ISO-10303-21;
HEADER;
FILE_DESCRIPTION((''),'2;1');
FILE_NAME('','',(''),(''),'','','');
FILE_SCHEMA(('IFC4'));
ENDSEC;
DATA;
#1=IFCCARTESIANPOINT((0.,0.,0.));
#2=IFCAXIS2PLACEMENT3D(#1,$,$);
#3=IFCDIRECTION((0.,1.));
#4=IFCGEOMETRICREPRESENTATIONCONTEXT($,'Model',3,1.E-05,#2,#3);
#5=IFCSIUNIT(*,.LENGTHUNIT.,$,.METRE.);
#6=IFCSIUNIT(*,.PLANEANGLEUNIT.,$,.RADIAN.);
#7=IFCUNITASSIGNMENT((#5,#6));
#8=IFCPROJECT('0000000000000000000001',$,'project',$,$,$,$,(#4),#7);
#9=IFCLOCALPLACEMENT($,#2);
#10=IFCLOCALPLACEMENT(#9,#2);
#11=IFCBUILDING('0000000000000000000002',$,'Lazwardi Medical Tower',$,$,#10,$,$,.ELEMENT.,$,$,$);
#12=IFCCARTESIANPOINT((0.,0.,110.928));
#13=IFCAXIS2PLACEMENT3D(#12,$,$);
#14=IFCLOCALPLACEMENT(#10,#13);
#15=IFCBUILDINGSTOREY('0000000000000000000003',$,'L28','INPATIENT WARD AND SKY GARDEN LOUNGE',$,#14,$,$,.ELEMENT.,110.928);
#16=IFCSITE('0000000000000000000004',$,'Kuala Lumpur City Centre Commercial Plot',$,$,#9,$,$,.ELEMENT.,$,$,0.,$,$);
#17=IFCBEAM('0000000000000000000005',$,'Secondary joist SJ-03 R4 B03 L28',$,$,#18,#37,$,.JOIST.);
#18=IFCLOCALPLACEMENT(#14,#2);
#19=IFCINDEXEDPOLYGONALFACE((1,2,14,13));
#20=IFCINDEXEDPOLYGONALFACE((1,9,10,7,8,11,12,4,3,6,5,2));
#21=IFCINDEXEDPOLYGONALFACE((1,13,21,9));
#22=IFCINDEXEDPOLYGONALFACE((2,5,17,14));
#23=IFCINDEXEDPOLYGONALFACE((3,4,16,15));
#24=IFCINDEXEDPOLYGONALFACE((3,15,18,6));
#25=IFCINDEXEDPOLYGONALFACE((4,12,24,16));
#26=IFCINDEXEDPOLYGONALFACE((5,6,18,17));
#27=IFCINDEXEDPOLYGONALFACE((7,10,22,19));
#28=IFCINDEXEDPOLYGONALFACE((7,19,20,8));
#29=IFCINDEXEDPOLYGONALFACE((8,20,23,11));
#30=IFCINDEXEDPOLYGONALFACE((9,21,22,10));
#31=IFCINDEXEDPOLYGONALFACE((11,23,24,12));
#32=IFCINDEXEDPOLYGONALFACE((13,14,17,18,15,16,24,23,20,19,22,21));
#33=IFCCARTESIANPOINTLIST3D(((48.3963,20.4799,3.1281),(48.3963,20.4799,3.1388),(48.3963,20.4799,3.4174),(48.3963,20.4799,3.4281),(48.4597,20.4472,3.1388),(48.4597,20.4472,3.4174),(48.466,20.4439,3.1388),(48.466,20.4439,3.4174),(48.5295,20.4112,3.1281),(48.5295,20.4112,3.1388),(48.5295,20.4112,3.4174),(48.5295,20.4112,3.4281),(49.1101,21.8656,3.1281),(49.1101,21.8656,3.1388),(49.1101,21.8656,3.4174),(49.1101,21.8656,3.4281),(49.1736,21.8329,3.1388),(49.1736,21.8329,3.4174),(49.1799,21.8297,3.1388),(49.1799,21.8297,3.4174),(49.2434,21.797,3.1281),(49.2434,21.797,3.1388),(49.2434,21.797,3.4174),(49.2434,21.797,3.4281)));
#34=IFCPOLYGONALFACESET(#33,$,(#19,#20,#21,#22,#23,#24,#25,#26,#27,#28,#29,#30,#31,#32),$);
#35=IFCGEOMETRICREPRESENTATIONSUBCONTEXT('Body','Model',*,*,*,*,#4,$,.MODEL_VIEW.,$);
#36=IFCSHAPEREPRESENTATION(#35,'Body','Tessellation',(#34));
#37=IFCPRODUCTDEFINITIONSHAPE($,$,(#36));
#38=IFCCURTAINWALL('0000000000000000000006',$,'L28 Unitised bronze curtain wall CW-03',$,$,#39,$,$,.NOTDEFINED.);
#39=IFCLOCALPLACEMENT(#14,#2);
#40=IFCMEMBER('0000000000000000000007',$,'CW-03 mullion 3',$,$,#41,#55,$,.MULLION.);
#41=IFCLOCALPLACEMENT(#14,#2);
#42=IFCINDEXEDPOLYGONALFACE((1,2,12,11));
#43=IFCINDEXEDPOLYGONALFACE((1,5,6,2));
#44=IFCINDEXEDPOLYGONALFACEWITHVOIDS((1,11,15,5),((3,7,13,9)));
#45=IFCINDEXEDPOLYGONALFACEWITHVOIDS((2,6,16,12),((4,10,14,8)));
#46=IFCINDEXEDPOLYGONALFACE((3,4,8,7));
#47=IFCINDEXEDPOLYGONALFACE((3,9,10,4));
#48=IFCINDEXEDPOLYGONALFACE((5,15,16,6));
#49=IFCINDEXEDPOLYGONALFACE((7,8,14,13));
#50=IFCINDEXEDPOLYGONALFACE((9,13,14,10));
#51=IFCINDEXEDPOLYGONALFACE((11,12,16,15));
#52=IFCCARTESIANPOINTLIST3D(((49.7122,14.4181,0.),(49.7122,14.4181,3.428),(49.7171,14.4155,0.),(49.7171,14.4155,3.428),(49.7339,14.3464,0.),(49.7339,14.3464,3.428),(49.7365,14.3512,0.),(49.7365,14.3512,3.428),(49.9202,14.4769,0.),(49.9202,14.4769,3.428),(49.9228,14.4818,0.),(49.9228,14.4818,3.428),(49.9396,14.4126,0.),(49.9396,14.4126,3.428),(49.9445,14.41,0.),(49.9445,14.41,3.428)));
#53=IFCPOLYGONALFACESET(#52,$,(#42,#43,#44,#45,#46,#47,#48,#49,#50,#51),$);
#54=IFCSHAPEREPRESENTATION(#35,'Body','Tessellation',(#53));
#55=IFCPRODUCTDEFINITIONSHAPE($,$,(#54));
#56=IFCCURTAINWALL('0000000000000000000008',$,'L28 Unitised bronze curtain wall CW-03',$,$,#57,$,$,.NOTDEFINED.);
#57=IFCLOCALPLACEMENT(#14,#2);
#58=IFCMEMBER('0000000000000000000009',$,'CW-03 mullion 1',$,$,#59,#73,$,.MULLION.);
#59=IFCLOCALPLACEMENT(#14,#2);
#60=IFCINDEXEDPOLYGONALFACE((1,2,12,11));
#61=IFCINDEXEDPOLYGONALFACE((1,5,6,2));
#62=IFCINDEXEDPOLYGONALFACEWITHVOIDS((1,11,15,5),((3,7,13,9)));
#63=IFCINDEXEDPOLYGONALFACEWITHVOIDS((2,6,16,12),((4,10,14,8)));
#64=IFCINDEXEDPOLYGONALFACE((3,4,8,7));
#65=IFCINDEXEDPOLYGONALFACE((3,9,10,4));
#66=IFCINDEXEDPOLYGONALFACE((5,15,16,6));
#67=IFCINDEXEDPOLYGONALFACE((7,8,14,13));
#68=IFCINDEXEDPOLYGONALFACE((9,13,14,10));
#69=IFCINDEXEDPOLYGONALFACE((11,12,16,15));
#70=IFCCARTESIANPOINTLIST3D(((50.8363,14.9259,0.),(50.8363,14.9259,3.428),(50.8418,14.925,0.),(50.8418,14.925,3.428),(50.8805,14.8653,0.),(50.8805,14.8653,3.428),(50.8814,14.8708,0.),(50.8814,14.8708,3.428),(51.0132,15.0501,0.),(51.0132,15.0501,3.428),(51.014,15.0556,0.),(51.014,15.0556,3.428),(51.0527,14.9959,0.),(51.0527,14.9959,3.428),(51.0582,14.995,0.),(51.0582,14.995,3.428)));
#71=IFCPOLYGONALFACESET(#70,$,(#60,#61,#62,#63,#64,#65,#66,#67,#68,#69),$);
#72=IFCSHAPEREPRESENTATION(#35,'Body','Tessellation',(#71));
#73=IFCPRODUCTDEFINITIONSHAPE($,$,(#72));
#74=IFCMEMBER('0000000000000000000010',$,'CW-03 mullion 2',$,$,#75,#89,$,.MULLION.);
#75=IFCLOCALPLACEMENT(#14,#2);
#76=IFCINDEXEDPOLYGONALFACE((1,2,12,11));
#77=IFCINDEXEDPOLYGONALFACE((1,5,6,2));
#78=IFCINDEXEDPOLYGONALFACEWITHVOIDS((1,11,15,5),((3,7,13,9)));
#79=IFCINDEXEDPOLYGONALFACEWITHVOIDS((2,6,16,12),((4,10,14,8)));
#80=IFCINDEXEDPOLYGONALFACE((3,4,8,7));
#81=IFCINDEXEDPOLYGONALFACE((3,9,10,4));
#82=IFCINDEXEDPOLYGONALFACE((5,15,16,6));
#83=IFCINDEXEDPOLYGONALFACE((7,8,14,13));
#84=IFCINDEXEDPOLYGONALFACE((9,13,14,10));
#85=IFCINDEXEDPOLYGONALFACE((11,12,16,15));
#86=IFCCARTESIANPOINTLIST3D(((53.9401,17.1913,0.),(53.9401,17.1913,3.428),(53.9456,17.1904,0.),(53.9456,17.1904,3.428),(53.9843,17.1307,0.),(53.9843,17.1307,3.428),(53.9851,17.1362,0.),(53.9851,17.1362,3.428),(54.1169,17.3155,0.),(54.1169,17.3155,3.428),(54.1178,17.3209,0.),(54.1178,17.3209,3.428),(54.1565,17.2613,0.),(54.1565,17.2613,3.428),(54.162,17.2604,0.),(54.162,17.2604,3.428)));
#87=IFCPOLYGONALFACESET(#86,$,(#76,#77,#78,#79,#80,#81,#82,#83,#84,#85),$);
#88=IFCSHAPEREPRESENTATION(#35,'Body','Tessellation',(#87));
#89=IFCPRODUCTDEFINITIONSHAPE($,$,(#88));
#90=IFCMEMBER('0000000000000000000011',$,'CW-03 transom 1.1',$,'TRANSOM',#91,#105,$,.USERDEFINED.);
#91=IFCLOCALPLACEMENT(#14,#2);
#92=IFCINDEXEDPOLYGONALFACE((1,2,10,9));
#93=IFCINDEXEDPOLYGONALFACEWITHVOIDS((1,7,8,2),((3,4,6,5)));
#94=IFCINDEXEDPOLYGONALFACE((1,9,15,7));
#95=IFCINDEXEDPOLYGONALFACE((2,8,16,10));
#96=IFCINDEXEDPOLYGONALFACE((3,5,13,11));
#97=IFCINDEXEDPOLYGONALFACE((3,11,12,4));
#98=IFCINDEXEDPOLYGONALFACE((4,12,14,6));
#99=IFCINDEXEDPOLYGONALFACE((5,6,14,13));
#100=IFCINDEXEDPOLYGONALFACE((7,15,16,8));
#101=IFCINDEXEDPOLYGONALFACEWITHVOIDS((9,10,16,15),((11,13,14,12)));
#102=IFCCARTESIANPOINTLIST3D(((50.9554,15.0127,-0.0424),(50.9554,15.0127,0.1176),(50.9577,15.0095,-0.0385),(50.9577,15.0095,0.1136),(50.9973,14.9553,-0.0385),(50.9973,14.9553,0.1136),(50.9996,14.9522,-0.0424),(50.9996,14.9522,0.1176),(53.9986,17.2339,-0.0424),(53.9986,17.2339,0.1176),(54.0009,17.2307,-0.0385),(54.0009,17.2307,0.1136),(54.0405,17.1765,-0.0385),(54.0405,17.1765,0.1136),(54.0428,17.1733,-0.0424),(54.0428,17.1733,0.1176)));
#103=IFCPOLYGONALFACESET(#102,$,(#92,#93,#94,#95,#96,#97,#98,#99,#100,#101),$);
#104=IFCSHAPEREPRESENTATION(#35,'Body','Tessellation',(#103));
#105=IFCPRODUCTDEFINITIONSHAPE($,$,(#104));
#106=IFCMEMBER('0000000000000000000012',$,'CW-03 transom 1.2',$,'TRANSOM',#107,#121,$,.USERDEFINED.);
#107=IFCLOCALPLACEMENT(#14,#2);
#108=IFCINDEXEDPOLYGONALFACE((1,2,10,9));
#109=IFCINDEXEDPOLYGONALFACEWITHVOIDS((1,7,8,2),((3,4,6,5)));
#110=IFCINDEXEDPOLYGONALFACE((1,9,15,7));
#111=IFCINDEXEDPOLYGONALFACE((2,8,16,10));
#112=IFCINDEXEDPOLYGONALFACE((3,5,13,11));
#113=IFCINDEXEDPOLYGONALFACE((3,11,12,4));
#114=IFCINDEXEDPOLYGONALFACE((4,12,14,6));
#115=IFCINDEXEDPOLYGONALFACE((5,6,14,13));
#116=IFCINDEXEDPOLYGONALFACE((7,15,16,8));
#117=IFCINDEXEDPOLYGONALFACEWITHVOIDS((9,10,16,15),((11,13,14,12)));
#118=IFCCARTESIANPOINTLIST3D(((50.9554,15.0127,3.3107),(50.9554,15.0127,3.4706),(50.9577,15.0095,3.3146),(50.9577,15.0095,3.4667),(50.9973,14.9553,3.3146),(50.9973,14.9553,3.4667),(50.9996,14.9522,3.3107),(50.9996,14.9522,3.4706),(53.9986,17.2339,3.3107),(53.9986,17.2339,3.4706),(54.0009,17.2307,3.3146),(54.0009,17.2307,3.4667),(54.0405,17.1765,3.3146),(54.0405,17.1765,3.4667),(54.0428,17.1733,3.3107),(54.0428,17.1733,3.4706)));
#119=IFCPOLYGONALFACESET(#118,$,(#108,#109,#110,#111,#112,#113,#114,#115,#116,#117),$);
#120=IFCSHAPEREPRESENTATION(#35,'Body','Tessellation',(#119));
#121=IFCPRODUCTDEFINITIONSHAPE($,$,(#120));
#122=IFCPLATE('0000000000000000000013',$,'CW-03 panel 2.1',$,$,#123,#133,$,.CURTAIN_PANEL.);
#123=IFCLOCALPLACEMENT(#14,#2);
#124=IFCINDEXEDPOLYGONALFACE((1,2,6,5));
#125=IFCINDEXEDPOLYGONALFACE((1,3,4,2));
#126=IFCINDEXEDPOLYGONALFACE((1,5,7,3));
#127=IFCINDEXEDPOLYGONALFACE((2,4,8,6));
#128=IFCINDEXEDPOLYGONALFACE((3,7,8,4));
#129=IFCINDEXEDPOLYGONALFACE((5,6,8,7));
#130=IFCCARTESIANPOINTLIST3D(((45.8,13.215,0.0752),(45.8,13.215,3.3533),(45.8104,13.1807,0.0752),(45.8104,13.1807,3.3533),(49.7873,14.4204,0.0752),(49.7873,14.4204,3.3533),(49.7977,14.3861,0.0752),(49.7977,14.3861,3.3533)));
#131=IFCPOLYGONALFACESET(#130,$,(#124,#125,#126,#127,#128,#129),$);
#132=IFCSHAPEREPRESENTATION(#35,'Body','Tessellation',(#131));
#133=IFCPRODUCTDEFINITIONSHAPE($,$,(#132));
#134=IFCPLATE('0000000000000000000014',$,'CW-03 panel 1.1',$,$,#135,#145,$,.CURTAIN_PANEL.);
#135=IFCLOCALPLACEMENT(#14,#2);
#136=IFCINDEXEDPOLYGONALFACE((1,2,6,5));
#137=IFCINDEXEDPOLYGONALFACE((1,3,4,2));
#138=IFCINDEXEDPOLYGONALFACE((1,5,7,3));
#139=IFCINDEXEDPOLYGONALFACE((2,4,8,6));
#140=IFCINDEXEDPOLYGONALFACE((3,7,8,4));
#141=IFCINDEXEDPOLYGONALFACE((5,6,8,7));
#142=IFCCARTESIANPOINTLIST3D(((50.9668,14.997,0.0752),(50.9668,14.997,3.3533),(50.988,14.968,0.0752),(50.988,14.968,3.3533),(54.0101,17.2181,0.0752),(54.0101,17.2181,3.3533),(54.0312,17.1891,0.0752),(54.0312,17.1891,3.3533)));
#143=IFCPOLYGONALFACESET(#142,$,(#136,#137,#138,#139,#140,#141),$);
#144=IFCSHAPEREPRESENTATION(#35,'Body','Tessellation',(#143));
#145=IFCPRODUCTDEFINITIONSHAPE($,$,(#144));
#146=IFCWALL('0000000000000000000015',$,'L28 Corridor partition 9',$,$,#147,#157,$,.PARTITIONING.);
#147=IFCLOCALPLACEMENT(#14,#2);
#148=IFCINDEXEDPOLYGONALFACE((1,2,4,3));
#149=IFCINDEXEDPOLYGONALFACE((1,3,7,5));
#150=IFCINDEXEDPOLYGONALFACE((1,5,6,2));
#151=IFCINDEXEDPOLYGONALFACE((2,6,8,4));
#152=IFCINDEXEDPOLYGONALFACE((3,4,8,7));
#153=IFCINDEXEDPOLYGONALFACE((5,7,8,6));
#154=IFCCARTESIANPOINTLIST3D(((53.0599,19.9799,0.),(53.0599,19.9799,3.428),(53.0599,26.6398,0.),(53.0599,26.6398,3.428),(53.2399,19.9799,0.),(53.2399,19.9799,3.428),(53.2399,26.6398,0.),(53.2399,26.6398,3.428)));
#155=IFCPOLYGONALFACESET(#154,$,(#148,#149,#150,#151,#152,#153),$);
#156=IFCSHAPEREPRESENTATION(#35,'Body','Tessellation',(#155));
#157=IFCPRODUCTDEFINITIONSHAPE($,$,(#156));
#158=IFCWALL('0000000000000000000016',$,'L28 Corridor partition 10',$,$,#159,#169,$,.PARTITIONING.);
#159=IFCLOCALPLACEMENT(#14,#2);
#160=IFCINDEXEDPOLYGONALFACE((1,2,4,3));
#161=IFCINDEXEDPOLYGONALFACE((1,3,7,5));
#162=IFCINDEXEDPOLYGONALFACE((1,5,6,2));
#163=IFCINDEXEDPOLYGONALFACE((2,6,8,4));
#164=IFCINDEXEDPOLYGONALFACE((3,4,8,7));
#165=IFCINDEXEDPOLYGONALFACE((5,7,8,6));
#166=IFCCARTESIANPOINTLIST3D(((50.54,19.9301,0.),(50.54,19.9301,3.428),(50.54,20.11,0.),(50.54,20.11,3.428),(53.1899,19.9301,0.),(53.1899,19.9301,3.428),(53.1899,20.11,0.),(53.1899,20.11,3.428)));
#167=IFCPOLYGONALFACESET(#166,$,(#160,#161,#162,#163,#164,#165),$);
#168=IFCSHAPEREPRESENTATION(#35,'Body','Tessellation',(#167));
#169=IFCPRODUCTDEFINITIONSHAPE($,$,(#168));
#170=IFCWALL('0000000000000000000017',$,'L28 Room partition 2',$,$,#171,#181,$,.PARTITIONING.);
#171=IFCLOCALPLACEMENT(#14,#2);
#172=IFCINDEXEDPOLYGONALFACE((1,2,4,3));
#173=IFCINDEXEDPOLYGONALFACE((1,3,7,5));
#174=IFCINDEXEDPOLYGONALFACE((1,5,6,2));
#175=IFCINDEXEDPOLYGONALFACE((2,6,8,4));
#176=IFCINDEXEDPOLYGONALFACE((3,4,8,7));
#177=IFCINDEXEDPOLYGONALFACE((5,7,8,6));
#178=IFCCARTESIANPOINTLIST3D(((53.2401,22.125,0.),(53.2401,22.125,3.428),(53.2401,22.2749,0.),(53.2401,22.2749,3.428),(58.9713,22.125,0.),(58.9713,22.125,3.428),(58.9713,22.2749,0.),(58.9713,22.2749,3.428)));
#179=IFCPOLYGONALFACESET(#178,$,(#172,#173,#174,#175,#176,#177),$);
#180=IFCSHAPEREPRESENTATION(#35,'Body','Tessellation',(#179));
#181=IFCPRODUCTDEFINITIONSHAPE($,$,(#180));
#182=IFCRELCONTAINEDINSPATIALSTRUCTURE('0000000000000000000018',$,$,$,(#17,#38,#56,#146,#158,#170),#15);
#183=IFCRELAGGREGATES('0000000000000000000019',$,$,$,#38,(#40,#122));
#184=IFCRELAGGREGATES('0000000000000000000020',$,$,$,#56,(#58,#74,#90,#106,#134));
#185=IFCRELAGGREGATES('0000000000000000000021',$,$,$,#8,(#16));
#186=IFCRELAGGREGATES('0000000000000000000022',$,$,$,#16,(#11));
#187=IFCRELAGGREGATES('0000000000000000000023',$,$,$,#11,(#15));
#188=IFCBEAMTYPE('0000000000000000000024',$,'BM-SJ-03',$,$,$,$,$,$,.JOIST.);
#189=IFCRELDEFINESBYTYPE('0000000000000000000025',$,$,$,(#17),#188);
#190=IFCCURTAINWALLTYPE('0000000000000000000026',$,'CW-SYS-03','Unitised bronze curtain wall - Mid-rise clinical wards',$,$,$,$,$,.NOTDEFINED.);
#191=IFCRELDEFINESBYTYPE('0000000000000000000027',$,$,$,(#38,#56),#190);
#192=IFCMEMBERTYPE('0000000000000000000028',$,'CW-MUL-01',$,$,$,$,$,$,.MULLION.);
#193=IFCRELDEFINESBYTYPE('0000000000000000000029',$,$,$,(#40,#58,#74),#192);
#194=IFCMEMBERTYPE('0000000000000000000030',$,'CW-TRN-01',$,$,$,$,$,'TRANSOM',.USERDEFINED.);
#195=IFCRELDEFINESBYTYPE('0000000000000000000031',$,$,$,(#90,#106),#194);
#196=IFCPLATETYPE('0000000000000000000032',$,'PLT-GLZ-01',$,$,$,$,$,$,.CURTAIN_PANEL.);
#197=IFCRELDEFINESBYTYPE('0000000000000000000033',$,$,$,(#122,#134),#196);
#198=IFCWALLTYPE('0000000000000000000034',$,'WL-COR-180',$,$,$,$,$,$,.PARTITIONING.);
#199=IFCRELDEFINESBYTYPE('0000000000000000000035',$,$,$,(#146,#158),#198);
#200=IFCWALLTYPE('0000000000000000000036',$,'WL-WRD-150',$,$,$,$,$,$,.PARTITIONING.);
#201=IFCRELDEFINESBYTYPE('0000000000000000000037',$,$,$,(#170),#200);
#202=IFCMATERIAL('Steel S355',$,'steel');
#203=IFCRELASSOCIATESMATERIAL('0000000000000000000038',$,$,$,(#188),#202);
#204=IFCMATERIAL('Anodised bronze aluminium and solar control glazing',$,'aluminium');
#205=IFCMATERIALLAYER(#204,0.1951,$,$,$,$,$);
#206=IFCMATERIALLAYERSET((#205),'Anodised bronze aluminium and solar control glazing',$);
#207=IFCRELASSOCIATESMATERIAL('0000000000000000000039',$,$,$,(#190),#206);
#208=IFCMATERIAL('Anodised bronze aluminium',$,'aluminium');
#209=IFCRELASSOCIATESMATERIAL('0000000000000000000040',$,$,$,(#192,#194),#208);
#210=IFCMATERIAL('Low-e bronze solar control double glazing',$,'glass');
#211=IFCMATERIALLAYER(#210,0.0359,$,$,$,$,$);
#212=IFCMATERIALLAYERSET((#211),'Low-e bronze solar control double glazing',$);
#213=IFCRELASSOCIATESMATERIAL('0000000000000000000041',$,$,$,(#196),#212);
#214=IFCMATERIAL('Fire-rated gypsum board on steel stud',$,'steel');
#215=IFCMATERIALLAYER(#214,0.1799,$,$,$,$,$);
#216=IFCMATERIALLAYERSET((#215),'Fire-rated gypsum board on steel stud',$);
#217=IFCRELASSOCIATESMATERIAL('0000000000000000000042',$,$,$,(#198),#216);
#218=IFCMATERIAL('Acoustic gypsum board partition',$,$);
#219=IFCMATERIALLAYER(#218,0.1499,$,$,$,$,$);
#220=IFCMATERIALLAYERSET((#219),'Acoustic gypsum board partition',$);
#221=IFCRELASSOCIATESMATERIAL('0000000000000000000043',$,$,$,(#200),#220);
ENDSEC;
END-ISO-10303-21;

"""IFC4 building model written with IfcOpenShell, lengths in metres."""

from ifc_helpers import new_model, si_unit, direction, frame, frame_2d, origin, origin_2d, place, context, subcontext, project, spatial, rectangle, hollow_rectangle, i_section, extrude, material, layer, layer_set, material_profile, profile_set, type_object, element, aggregate, save


model = new_model("IFC4")

# Units and contexts
model_context = context("Model", 3, precision=1e-05, world=origin(), true_north=direction((0.0, 1.0)))
body_context = subcontext(model_context, "Body", "Model", "MODEL_VIEW")
ifc_project = project(units=[si_unit("LENGTHUNIT", "METRE"), si_unit("PLANEANGLEUNIT", "RADIAN")], contexts=[model_context])

# Site, building, storey
site_placement = place(None, origin())
site = spatial("IfcSite", under=ifc_project, at=site_placement, Name="Kuala Lumpur City Centre Commercial Plot", CompositionType="ELEMENT", RefElevation=0.0)
building_placement = place(site_placement, origin())
building = spatial("IfcBuilding", under=site, at=building_placement, Name="Lazwardi Medical Tower", CompositionType="ELEMENT")
storey_placement = place(building_placement, frame((0.0, 0.0, 110.928)))
storey = spatial("IfcBuildingStorey", under=building, at=storey_placement, Name="L28", Description="INPATIENT WARD AND SKY GARDEN LOUNGE", CompositionType="ELEMENT", Elevation=110.928)

# Beam
ifc_material_1 = material(Name="Steel S355", Category="steel")
ifc_material_profile_1 = material_profile(ifc_material_1, i_section(OverallWidth=0.1499, OverallDepth=0.3, WebThickness=0.0071, FlangeThickness=0.0107, at=origin_2d()), Name="IPE 300")
ifc_profile_set_1 = profile_set([ifc_material_profile_1], Name="Steel S355")
beam_type_1 = type_object("IfcBeamType", Name="BM-SJ-03", PredefinedType="JOIST", material=ifc_profile_set_1)
beam_1_placement = place(storey_placement, frame((48.4629, 20.4456, 3.2781), z_axis=(0.457957, 0.888975, 0.0), x_axis=(-0.888975, 0.457957, 0.0)))
element("IfcBeam", 1, at=beam_1_placement, inside=storey, type_object=beam_type_1, Name="Secondary joist SJ-03 R4 B03 L28", PredefinedType="JOIST", context=body_context, shape_type="SweptSolid", body=[
    extrude(i_section(OverallWidth=0.1499, OverallDepth=0.3, WebThickness=0.0071, FlangeThickness=0.0107, at=origin_2d()), origin(), (0.0, 0.0, 1.0), 1.5588),
])

# Curtain wall, member
ifc_material_2 = material(Name="Anodised bronze aluminium and solar control glazing", Category="aluminium")
ifc_layer_1 = layer(ifc_material_2, 0.1951)
ifc_layer_set_1 = layer_set([ifc_layer_1], Name="Anodised bronze aluminium and solar control glazing")
curtain_wall_type = type_object("IfcCurtainWallType", Name="CW-SYS-03", Description="Unitised bronze curtain wall - Mid-rise clinical wards", PredefinedType="NOTDEFINED", material=ifc_layer_set_1)
curtain_wall_1_placement = place(storey_placement, origin())
curtain_wall_1 = element("IfcCurtainWall", 2, at=curtain_wall_1_placement, inside=storey, type_object=curtain_wall_type, Name="L28 Unitised bronze curtain wall CW-03", PredefinedType="NOTDEFINED")
ifc_material_3 = material(Name="Anodised bronze aluminium", Category="aluminium")
ifc_material_profile_2 = material_profile(ifc_material_3, hollow_rectangle(XDim=0.075, YDim=0.22, WallThickness=0.0039, at=origin_2d()), Name="ALU-MULLION 220x75x4")
ifc_profile_set_2 = profile_set([ifc_material_profile_2], Name="Anodised bronze aluminium")
member_type_1 = type_object("IfcMemberType", Name="CW-MUL-01", PredefinedType="MULLION", material=ifc_profile_set_2)
member_1_placement = place(storey_placement, frame((49.8284, 14.4141, 0.0), z_axis=(0.0, 0.0, 1.0), x_axis=(-0.289374, 0.957216, 0.0)))
member_1 = element("IfcMember", 3, at=member_1_placement, type_object=member_type_1, Name="CW-03 mullion 3", PredefinedType="MULLION", context=body_context, shape_type="SweptSolid", body=[
    extrude(hollow_rectangle(XDim=0.075, YDim=0.22, WallThickness=0.0039, at=origin_2d()), origin(), (0.0, 0.0, 1.0), 3.428),
])

# Curtain wall, members
curtain_wall_2_placement = place(storey_placement, origin())
curtain_wall_2 = element("IfcCurtainWall", 4, at=curtain_wall_2_placement, inside=storey, type_object=curtain_wall_type, Name="L28 Unitised bronze curtain wall CW-03", PredefinedType="NOTDEFINED")
member_2_placement = place(storey_placement, frame((50.9473, 14.9604, 0.0), z_axis=(0.0, 0.0, 1.0), x_axis=(-0.589531, 0.807746, 0.0)))
member_2 = element("IfcMember", 5, at=member_2_placement, type_object=member_type_1, Name="CW-03 mullion 1", PredefinedType="MULLION", context=body_context, shape_type="SweptSolid", body=[
    extrude(hollow_rectangle(XDim=0.075, YDim=0.22, WallThickness=0.0039, at=origin_2d()), origin(), (0.0, 0.0, 1.0), 3.428),
])
member_3_placement = place(storey_placement, frame((54.051, 17.2258, 0.0), z_axis=(0.0, 0.0, 1.0), x_axis=(-0.589531, 0.807746, 0.0)))
member_3 = element("IfcMember", 6, at=member_3_placement, type_object=member_type_1, Name="CW-03 mullion 2", PredefinedType="MULLION", context=body_context, shape_type="SweptSolid", body=[
    extrude(hollow_rectangle(XDim=0.075, YDim=0.22, WallThickness=0.0039, at=origin_2d()), origin(), (0.0, 0.0, 1.0), 3.428),
])
ifc_material_profile_3 = material_profile(ifc_material_3, hollow_rectangle(XDim=0.075, YDim=0.1599, WallThickness=0.0039, at=origin_2d()), Name="ALU-TRANSOM 160x75x4")
ifc_profile_set_3 = profile_set([ifc_material_profile_3], Name="Anodised bronze aluminium")
member_type_2 = type_object("IfcMemberType", Name="CW-TRN-01", ElementType="TRANSOM", PredefinedType="USERDEFINED", material=ifc_profile_set_3)
member_4_placement = place(storey_placement, frame((50.9775, 14.9824, 0.0376), z_axis=(0.807732, 0.58955, 0.0), x_axis=(-0.58955, 0.807732, 0.0)))
member_4 = element("IfcMember", 7, at=member_4_placement, type_object=member_type_2, Name="CW-03 transom 1.1", ObjectType="TRANSOM", PredefinedType="USERDEFINED", context=body_context, shape_type="SweptSolid", body=[
    extrude(hollow_rectangle(XDim=0.075, YDim=0.1599, WallThickness=0.0039, at=origin_2d()), origin(), (0.0, 0.0, 1.0), 3.7676),
])
member_5_placement = place(storey_placement, frame((50.9775, 14.9824, 3.3906), z_axis=(0.807732, 0.58955, 0.0), x_axis=(-0.58955, 0.807732, 0.0)))
member_5 = element("IfcMember", 8, at=member_5_placement, type_object=member_type_2, Name="CW-03 transom 1.2", ObjectType="TRANSOM", PredefinedType="USERDEFINED", context=body_context, shape_type="SweptSolid", body=[
    extrude(hollow_rectangle(XDim=0.075, YDim=0.1599, WallThickness=0.0039, at=origin_2d()), origin(), (0.0, 0.0, 1.0), 3.7676),
])

# Plates
ifc_material_4 = material(Name="Low-e bronze solar control double glazing", Category="glass")
ifc_layer_2 = layer(ifc_material_4, 0.0359)
ifc_layer_set_2 = layer_set([ifc_layer_2], Name="Low-e bronze solar control double glazing")
plate_type = type_object("IfcPlateType", Name="PLT-GLZ-01", PredefinedType="CURTAIN_PANEL", material=ifc_layer_set_2)
plate_1_placement = place(storey_placement, frame((47.7988, 13.8005, 0.0752), z_axis=(0.0, 0.0, 1.0), x_axis=(0.957216, 0.289374, 0.0)))
plate_1 = element("IfcPlate", 9, at=plate_1_placement, type_object=plate_type, Name="CW-03 panel 2.1", PredefinedType="CURTAIN_PANEL", context=body_context, shape_type="SweptSolid", body=[
    extrude(rectangle(XDim=4.1655, YDim=0.0359, at=origin_2d()), origin(), (0.0, 0.0, 1.0), 3.2781),
])
aggregate(curtain_wall_1, [member_1, plate_1])
plate_2_placement = place(storey_placement, frame((52.499, 16.093, 0.0752), z_axis=(0.0, 0.0, 1.0), x_axis=(0.807746, 0.589531, 0.0)))
plate_2 = element("IfcPlate", 10, at=plate_2_placement, type_object=plate_type, Name="CW-03 panel 1.1", PredefinedType="CURTAIN_PANEL", context=body_context, shape_type="SweptSolid", body=[
    extrude(rectangle(XDim=3.7676, YDim=0.0359, at=origin_2d()), origin(), (0.0, 0.0, 1.0), 3.2781),
])
aggregate(curtain_wall_2, [member_2, member_3, member_4, member_5, plate_2])

# Walls
ifc_material_5 = material(Name="Fire-rated gypsum board on steel stud", Category="steel")
ifc_layer_3 = layer(ifc_material_5, 0.1799)
ifc_layer_set_3 = layer_set([ifc_layer_3], Name="Fire-rated gypsum board on steel stud")
wall_type_1 = type_object("IfcWallType", Name="WL-COR-180", PredefinedType="PARTITIONING", material=ifc_layer_set_3)
wall_1_placement = place(storey_placement, frame((53.1499, 26.6399, 0.0), z_axis=(0.0, 0.0, 1.0), x_axis=(0.0, -1.0, 0.0)))
element("IfcWall", 11, at=wall_1_placement, inside=storey, type_object=wall_type_1, Name="L28 Corridor partition 9", PredefinedType="PARTITIONING", context=body_context, shape_type="SweptSolid", body=[
    extrude(rectangle(XDim=6.6599, YDim=0.1799, at=frame_2d((3.3301, 0.0))), origin(), (0.0, 0.0, 1.0), 3.428),
])
wall_2_placement = place(storey_placement, frame((53.1899, 20.02, 0.0), z_axis=(0.0, 0.0, 1.0), x_axis=(-1.0, 0.0, 0.0)))
element("IfcWall", 12, at=wall_2_placement, inside=storey, type_object=wall_type_1, Name="L28 Corridor partition 10", PredefinedType="PARTITIONING", context=body_context, shape_type="SweptSolid", body=[
    extrude(rectangle(XDim=2.6499, YDim=0.1799, at=frame_2d((1.325, 0.0))), origin(), (0.0, 0.0, 1.0), 3.428),
])
ifc_material_6 = material(Name="Acoustic gypsum board partition")
ifc_layer_4 = layer(ifc_material_6, 0.1499)
ifc_layer_set_4 = layer_set([ifc_layer_4], Name="Acoustic gypsum board partition")
wall_type_2 = type_object("IfcWallType", Name="WL-WRD-150", PredefinedType="PARTITIONING", material=ifc_layer_set_4)
wall_3_placement = place(storey_placement, frame((53.24, 22.2, 0.0), z_axis=(0.0, 0.0, 1.0), x_axis=(1.0, 0.0, 0.0)))
element("IfcWall", 13, at=wall_3_placement, inside=storey, type_object=wall_type_2, Name="L28 Room partition 2", PredefinedType="PARTITIONING", context=body_context, shape_type="SweptSolid", body=[
    extrude(rectangle(XDim=5.7312, YDim=0.1499, at=frame_2d((2.8657, 0.0))), origin(), (0.0, 0.0, 1.0), 3.428),
])

save(model, "model.ifc")
